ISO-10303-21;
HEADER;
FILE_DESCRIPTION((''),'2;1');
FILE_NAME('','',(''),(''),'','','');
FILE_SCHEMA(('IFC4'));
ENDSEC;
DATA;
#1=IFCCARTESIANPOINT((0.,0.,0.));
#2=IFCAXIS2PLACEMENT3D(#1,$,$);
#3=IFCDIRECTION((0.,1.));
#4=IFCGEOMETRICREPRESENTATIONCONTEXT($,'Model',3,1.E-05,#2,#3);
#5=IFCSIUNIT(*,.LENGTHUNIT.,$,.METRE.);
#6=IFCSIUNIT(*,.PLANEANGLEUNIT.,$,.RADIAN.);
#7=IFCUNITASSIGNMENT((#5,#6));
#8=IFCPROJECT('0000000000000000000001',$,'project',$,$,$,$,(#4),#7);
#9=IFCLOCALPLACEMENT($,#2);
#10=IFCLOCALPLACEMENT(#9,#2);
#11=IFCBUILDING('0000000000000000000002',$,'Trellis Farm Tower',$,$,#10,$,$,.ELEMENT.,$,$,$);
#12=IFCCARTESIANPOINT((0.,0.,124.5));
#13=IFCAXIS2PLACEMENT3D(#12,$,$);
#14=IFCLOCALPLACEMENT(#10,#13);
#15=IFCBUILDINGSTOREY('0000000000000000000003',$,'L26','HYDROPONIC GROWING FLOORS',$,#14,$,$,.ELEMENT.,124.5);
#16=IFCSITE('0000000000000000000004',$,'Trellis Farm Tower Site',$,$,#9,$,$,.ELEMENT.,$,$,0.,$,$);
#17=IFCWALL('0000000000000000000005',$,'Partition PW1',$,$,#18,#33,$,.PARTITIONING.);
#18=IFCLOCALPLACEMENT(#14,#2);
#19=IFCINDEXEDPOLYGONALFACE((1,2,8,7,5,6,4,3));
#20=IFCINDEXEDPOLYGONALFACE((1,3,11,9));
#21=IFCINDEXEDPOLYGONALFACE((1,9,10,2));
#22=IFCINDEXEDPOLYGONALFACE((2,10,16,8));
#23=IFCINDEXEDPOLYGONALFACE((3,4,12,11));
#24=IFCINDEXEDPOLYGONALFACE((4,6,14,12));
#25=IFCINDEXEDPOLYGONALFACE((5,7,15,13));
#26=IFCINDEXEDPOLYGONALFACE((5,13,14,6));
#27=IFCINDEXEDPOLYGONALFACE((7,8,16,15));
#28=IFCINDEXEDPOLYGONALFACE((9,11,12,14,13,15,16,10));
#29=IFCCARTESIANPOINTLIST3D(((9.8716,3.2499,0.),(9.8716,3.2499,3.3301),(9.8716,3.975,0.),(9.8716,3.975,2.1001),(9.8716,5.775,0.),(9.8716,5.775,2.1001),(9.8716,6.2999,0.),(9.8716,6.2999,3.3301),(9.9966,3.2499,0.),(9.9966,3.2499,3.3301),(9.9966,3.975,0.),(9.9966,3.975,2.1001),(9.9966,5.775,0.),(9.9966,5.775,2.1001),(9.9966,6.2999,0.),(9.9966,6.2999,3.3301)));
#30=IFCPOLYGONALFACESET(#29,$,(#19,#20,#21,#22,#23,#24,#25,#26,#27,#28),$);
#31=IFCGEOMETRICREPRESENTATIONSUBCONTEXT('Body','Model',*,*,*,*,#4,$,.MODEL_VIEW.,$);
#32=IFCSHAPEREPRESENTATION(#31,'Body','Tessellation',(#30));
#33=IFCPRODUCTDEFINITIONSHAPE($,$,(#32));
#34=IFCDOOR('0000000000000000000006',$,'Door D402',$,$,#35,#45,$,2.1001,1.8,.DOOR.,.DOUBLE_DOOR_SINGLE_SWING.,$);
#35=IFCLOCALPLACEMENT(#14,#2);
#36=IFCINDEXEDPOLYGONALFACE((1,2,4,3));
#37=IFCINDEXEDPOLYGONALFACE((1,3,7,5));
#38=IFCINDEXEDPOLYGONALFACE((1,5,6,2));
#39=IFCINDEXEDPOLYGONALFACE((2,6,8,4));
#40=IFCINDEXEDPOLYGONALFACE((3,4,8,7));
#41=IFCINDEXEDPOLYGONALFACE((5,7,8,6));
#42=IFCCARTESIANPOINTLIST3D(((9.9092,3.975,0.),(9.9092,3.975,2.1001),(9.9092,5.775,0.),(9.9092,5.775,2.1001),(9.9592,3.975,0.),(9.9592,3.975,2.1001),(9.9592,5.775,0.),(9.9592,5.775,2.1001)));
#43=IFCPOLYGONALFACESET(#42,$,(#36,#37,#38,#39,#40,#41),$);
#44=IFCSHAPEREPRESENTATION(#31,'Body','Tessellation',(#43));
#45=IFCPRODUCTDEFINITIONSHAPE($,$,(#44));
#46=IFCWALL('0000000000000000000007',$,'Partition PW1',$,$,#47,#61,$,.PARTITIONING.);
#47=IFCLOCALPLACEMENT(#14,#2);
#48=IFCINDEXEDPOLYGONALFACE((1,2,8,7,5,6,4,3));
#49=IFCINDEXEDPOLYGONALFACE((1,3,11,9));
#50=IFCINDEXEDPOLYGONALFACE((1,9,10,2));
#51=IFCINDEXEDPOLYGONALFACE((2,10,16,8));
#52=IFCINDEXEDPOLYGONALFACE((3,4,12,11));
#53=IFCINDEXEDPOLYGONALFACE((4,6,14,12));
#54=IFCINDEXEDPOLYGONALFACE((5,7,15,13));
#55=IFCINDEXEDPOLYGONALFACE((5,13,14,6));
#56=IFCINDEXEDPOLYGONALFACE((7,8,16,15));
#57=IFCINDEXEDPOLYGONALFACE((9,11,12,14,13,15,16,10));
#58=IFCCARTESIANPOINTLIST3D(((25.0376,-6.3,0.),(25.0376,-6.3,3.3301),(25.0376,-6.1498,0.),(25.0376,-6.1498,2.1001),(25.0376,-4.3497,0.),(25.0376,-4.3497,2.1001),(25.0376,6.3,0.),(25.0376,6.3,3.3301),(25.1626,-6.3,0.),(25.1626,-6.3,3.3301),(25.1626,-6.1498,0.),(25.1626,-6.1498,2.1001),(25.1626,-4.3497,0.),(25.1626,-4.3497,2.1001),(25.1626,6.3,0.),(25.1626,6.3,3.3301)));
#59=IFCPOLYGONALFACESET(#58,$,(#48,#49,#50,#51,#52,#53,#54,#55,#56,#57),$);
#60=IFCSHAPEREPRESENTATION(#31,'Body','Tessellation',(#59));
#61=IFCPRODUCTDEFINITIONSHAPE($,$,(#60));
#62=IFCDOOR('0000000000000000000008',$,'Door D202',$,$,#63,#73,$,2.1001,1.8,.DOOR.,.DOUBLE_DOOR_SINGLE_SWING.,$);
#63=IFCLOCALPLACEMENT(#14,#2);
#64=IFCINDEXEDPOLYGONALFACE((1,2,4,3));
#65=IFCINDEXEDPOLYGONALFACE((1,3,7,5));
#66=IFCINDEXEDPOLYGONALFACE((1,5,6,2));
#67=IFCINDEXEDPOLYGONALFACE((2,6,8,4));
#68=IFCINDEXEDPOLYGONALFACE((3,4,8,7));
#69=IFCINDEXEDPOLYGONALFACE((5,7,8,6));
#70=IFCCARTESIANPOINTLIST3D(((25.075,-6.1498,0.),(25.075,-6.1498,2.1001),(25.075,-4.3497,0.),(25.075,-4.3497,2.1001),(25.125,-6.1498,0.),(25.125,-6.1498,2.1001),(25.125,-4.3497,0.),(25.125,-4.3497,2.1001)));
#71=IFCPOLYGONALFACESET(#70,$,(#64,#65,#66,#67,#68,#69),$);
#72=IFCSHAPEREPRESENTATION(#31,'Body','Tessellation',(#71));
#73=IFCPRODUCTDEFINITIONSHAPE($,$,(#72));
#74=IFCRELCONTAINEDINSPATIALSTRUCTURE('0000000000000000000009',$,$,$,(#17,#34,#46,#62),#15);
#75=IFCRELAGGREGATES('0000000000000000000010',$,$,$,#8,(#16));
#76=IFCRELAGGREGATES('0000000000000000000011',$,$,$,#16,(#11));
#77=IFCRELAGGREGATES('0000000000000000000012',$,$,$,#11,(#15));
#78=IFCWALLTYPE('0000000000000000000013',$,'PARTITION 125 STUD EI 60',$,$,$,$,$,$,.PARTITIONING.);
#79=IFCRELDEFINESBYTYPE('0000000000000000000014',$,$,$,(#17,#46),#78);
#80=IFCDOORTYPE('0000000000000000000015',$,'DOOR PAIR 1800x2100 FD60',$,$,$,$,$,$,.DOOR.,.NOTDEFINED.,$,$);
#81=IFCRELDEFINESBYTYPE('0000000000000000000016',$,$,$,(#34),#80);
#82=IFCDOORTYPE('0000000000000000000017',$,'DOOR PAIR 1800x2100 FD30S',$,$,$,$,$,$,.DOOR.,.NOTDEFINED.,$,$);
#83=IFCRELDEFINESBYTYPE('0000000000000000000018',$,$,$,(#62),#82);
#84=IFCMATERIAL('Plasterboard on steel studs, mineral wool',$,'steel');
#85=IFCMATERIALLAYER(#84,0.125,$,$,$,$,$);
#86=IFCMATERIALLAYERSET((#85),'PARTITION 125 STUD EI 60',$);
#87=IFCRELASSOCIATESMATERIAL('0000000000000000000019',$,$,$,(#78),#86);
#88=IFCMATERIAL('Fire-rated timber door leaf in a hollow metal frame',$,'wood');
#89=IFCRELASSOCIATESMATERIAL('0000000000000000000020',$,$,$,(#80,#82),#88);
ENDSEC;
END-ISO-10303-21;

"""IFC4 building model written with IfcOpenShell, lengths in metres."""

from ifc_helpers import new_model, si_unit, direction, frame, frame_2d, origin, place, context, subcontext, project, spatial, rectangle, extrude, source, transform, mapped, material, layer, layer_set, type_object, element, fill, save


model = new_model("IFC4")

# Units and contexts
model_context = context("Model", 3, precision=1e-05, world=origin(), true_north=direction((0.0, 1.0)))
body_context = subcontext(model_context, "Body", "Model", "MODEL_VIEW")
ifc_project = project(units=[si_unit("LENGTHUNIT", "METRE"), si_unit("PLANEANGLEUNIT", "RADIAN")], contexts=[model_context])

# Site, building, storey
site_placement = place(None, origin())
site = spatial("IfcSite", under=ifc_project, at=site_placement, Name="Trellis Farm Tower Site", CompositionType="ELEMENT", RefElevation=0.0)
building_placement = place(site_placement, origin())
building = spatial("IfcBuilding", under=site, at=building_placement, Name="Trellis Farm Tower", CompositionType="ELEMENT")
storey_placement = place(building_placement, frame((0.0, 0.0, 124.5)))
storey = spatial("IfcBuildingStorey", under=building, at=storey_placement, Name="L26", Description="HYDROPONIC GROWING FLOORS", CompositionType="ELEMENT", Elevation=124.5)

# Walls, openings, doors
ifc_material_1 = material(Name="Plasterboard on steel studs, mineral wool", Category="steel")
ifc_layer_1 = layer(ifc_material_1, 0.125)
ifc_layer_set_1 = layer_set([ifc_layer_1], Name="PARTITION 125 STUD EI 60")
wall_type_1 = type_object("IfcWallType", Name="PARTITION 125 STUD EI 60", PredefinedType="PARTITIONING", material=ifc_layer_set_1)
shared_shape_1 = source(origin(), body_context, "Body", "SweptSolid", [
    extrude(rectangle(XDim=3.05, YDim=0.125, at=frame_2d((1.5249, 0.0))), origin(), (0.0, 0.0, 1.0), 3.3301),
])
wall_1_placement = place(storey_placement, frame((9.9341, 3.25, 0.0), z_axis=(0.0, 0.0, 1.0), x_axis=(0.0, 1.0, 0.0)))
wall_1 = element("IfcWall", 1, at=wall_1_placement, inside=storey, type_object=wall_type_1, Name="Partition PW1", PredefinedType="PARTITIONING", context=body_context, shape_type="MappedRepresentation", body=[
    mapped(shared_shape_1, transform((0.0, 0.0, 0.0))),
])
shared_shape_2 = source(origin(), body_context, "Body", "SweptSolid", [
    extrude(rectangle(XDim=1.8, YDim=2.1001, at=frame_2d((0.8999, 1.05))), frame((0.0, 0.0725, 0.0), z_axis=(0.0, -1.0, 0.0), x_axis=(1.0, 0.0, 0.0)), (0.0, 0.0, 1.0), 0.145),
])
opening_1_placement = place(wall_1_placement, frame((0.7251, 0.0, 0.0)))
opening_1 = element("IfcOpeningElement", 2, at=opening_1_placement, cuts=wall_1, PredefinedType="OPENING", context=body_context, shape_type="MappedRepresentation", body=[
    mapped(shared_shape_2, transform((0.0, 0.0, 0.0))),
])
ifc_material_2 = material(Name="Fire-rated timber door leaf in a hollow metal frame", Category="wood")
door_type_1 = type_object("IfcDoorType", Name="DOOR PAIR 1800x2100 FD60", OperationType="NOTDEFINED", PredefinedType="DOOR", material=ifc_material_2)
shared_shape_3 = source(origin(), body_context, "Body", "SweptSolid", [
    extrude(rectangle(XDim=1.8, YDim=2.1001, at=frame_2d((0.8999, 1.05))), frame((0.0, 0.0249, 0.0), z_axis=(0.0, -1.0, 0.0), x_axis=(1.0, 0.0, 0.0)), (0.0, 0.0, 1.0), 0.05),
])
door_1_placement = place(opening_1_placement, origin())
door_1 = element("IfcDoor", 3, at=door_1_placement, inside=storey, type_object=door_type_1, Name="Door D402", OperationType="DOUBLE_DOOR_SINGLE_SWING", OverallHeight=2.1001, OverallWidth=1.8, PredefinedType="DOOR", context=body_context, shape_type="MappedRepresentation", body=[
    mapped(shared_shape_3, transform((0.0, 0.0, 0.0))),
])
fill(opening_1, door_1)
shared_shape_4 = source(origin(), body_context, "Body", "SweptSolid", [
    extrude(rectangle(XDim=12.6001, YDim=0.125, at=frame_2d((6.3, 0.0))), origin(), (0.0, 0.0, 1.0), 3.3301),
])
wall_2_placement = place(storey_placement, frame((25.1001, 6.3, 0.0), z_axis=(0.0, 0.0, 1.0), x_axis=(0.0, -1.0, 0.0)))
wall_2 = element("IfcWall", 4, at=wall_2_placement, inside=storey, type_object=wall_type_1, Name="Partition PW1", PredefinedType="PARTITIONING", context=body_context, shape_type="MappedRepresentation", body=[
    mapped(shared_shape_4, transform((0.0, 0.0, 0.0))),
])
opening_2_placement = place(wall_2_placement, frame((10.6499, 0.0, 0.0)))
opening_2 = element("IfcOpeningElement", 5, at=opening_2_placement, cuts=wall_2, PredefinedType="OPENING", context=body_context, shape_type="MappedRepresentation", body=[
    mapped(shared_shape_2, transform((0.0, 0.0, 0.0))),
])
door_type_2 = type_object("IfcDoorType", Name="DOOR PAIR 1800x2100 FD30S", OperationType="NOTDEFINED", PredefinedType="DOOR", material=ifc_material_2)
door_2_placement = place(opening_2_placement, origin())
door_2 = element("IfcDoor", 6, at=door_2_placement, inside=storey, type_object=door_type_2, Name="Door D202", OperationType="DOUBLE_DOOR_SINGLE_SWING", OverallHeight=2.1001, OverallWidth=1.8, PredefinedType="DOOR", context=body_context, shape_type="MappedRepresentation", body=[
    mapped(shared_shape_3, transform((0.0, 0.0, 0.0))),
])
fill(opening_2, door_2)

save(model, "model.ifc")
